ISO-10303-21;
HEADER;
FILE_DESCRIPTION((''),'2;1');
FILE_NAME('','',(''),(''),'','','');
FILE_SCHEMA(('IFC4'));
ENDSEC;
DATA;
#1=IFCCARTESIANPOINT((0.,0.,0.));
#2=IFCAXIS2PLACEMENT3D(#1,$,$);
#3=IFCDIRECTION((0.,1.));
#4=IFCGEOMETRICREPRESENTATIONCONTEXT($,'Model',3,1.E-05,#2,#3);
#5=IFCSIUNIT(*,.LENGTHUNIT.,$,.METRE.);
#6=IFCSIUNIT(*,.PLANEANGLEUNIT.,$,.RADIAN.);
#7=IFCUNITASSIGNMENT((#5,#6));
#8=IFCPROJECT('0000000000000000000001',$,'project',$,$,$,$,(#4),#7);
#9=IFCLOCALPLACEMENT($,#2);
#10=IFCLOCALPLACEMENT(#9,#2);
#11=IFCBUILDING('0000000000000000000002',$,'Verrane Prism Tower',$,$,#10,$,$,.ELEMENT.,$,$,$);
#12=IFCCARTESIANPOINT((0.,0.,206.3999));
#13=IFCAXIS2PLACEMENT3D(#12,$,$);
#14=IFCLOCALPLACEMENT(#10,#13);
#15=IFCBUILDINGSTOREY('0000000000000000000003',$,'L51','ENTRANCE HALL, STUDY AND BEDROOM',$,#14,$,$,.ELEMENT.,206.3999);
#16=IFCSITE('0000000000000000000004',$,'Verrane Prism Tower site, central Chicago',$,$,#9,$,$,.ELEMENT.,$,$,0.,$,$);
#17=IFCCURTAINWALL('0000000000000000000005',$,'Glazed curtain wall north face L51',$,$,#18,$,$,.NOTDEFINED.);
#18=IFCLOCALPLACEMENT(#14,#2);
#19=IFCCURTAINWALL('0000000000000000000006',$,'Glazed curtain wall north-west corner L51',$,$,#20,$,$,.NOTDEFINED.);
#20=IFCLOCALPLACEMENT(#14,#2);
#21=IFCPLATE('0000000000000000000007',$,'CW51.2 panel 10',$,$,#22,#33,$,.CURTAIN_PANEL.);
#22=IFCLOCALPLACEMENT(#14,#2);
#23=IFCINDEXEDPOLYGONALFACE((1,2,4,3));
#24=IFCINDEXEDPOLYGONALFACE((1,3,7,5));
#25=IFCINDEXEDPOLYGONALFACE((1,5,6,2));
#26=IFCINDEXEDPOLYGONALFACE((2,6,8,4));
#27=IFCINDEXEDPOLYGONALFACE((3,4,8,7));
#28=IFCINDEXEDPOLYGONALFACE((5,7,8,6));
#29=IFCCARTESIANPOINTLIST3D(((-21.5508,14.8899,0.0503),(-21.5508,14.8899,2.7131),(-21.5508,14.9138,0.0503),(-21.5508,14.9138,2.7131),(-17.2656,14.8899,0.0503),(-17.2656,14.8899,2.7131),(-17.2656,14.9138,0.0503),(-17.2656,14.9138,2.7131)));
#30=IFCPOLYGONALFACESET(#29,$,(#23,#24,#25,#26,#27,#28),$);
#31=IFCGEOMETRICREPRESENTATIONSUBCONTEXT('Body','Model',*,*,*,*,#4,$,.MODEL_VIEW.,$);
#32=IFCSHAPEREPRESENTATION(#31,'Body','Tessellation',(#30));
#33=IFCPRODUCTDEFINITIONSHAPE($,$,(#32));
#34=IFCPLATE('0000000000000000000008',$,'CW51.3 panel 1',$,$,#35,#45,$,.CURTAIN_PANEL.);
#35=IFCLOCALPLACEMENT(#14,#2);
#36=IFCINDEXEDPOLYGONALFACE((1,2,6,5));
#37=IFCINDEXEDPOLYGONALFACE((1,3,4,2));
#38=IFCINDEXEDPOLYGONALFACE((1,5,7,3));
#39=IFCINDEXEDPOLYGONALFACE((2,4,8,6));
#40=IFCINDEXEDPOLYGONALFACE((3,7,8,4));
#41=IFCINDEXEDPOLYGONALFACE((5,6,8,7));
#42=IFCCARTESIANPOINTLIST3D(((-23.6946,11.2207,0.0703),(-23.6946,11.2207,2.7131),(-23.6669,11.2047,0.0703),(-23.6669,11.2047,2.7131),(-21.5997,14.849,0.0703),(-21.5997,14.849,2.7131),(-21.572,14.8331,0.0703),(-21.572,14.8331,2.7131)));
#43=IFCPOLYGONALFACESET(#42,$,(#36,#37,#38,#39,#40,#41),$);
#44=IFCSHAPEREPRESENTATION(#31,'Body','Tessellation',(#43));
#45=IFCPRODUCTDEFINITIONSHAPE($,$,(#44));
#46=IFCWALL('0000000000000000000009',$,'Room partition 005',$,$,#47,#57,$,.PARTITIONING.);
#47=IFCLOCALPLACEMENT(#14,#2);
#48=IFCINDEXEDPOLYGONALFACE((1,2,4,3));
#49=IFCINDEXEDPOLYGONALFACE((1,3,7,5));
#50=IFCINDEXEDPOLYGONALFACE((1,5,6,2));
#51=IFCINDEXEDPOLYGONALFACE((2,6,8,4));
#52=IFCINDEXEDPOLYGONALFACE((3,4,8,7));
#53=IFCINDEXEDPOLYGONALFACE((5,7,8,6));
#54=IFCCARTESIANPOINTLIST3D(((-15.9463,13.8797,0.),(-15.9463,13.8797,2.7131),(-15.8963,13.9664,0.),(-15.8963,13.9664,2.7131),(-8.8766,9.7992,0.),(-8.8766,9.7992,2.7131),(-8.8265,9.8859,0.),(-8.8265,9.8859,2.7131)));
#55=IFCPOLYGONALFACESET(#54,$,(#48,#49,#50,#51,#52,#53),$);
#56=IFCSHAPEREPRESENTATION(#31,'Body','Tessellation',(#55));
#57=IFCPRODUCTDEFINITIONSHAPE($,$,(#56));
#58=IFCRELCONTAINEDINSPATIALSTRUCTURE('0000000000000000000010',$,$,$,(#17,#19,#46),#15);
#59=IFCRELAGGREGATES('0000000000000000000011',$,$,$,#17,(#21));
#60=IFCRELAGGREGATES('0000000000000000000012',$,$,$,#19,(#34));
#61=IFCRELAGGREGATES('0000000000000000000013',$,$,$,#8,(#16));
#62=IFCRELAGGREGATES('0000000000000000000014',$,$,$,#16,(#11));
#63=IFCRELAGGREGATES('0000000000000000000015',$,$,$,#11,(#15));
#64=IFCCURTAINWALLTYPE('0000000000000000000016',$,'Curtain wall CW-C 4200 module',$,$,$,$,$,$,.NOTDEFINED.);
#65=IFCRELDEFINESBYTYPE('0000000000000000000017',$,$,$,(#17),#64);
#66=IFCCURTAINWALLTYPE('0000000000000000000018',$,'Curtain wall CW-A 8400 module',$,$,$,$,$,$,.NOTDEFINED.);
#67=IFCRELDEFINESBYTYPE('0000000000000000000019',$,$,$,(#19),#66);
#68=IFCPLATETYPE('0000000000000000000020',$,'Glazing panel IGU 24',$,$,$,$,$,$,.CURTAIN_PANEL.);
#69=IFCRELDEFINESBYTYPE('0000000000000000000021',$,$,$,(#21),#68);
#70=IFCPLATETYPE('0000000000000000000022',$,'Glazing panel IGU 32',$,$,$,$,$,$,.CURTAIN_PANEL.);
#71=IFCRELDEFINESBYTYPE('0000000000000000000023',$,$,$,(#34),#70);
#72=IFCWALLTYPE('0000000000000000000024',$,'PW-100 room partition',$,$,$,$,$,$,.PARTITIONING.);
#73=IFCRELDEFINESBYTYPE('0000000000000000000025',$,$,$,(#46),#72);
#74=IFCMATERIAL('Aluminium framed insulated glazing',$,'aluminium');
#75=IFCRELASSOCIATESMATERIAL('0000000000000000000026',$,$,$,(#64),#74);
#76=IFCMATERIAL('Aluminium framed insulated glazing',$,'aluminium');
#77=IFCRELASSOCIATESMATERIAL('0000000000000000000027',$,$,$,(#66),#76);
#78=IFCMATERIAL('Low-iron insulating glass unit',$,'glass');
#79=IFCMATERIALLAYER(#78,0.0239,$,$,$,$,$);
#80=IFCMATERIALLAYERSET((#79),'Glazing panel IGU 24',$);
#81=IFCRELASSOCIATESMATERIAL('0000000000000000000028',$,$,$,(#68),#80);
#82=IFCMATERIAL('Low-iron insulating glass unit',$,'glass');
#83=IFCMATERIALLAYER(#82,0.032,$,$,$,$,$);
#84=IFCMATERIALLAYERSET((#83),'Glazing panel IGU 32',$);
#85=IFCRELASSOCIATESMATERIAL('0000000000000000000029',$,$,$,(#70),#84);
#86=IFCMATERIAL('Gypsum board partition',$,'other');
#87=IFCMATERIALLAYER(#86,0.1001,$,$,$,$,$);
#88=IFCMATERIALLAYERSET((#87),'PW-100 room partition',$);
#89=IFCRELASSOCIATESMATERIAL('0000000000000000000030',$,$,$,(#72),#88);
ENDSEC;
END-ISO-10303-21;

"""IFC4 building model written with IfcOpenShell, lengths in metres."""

from ifc_helpers import new_model, si_unit, direction, frame, frame_2d, origin, origin_2d, place, context, subcontext, project, spatial, rectangle, extrude, material, layer, layer_set, type_object, element, aggregate, save


model = new_model("IFC4")

# Units and contexts
model_context = context("Model", 3, precision=1e-05, world=origin(), true_north=direction((0.0, 1.0)))
body_context = subcontext(model_context, "Body", "Model", "MODEL_VIEW")
ifc_project = project(units=[si_unit("LENGTHUNIT", "METRE"), si_unit("PLANEANGLEUNIT", "RADIAN")], contexts=[model_context])

# Site, building, storey
site_placement = place(None, origin())
site = spatial("IfcSite", under=ifc_project, at=site_placement, Name="Verrane Prism Tower site, central Chicago", CompositionType="ELEMENT", RefElevation=0.0)
building_placement = place(site_placement, origin())
building = spatial("IfcBuilding", under=site, at=building_placement, Name="Verrane Prism Tower", CompositionType="ELEMENT")
storey_placement = place(building_placement, frame((0.0, 0.0, 206.3999)))
storey = spatial("IfcBuildingStorey", under=building, at=storey_placement, Name="L51", Description="ENTRANCE HALL, STUDY AND BEDROOM", CompositionType="ELEMENT", Elevation=206.3999)

# Curtain wall
ifc_material_1 = material(Name="Aluminium framed insulated glazing", Category="aluminium")
curtain_wall_type_1 = type_object("IfcCurtainWallType", Name="Curtain wall CW-C 4200 module", PredefinedType="NOTDEFINED", material=ifc_material_1)
curtain_wall_1_placement = place(storey_placement, origin())
curtain_wall_1 = element("IfcCurtainWall", 1, at=curtain_wall_1_placement, inside=storey, type_object=curtain_wall_type_1, Name="Glazed curtain wall north face L51", PredefinedType="NOTDEFINED")

# Curtain wall
ifc_material_2 = material(Name="Aluminium framed insulated glazing", Category="aluminium")
curtain_wall_type_2 = type_object("IfcCurtainWallType", Name="Curtain wall CW-A 8400 module", PredefinedType="NOTDEFINED", material=ifc_material_2)
curtain_wall_2_placement = place(storey_placement, origin())
curtain_wall_2 = element("IfcCurtainWall", 2, at=curtain_wall_2_placement, inside=storey, type_object=curtain_wall_type_2, Name="Glazed curtain wall north-west corner L51", PredefinedType="NOTDEFINED")

# Plates
ifc_material_3 = material(Name="Low-iron insulating glass unit", Category="glass")
ifc_layer_1 = layer(ifc_material_3, 0.0239)
ifc_layer_set_1 = layer_set([ifc_layer_1], Name="Glazing panel IGU 24")
plate_type_1 = type_object("IfcPlateType", Name="Glazing panel IGU 24", PredefinedType="CURTAIN_PANEL", material=ifc_layer_set_1)
plate_1_placement = place(storey_placement, frame((-19.4082, 14.9019, 0.0503), z_axis=(0.0, 0.0, 1.0), x_axis=(-1.0, 0.0, 0.0)))
plate_1 = element("IfcPlate", 3, at=plate_1_placement, type_object=plate_type_1, Name="CW51.2 panel 10", PredefinedType="CURTAIN_PANEL", context=body_context, shape_type="SweptSolid", body=[
    extrude(rectangle(XDim=4.2852, YDim=0.0239, at=origin_2d()), origin(), (0.0, 0.0, 1.0), 2.6628),
])
aggregate(curtain_wall_1, [plate_1])
ifc_material_4 = material(Name="Low-iron insulating glass unit", Category="glass")
ifc_layer_2 = layer(ifc_material_4, 0.032)
ifc_layer_set_2 = layer_set([ifc_layer_2], Name="Glazing panel IGU 32")
plate_type_2 = type_object("IfcPlateType", Name="Glazing panel IGU 32", PredefinedType="CURTAIN_PANEL", material=ifc_layer_set_2)
plate_2_placement = place(storey_placement, frame((-22.6333, 13.0269, 0.0703), z_axis=(0.0, 0.0, 1.0), x_axis=(-0.499999, -0.866026, 0.0)))
plate_2 = element("IfcPlate", 4, at=plate_2_placement, type_object=plate_type_2, Name="CW51.3 panel 1", PredefinedType="CURTAIN_PANEL", context=body_context, shape_type="SweptSolid", body=[
    extrude(rectangle(XDim=4.1897, YDim=0.032, at=origin_2d()), origin(), (0.0, 0.0, 1.0), 2.6428),
])
aggregate(curtain_wall_2, [plate_2])

# Wall
ifc_material_5 = material(Name="Gypsum board partition", Category="other")
ifc_layer_3 = layer(ifc_material_5, 0.1001)
ifc_layer_set_3 = layer_set([ifc_layer_3], Name="PW-100 room partition")
wall_type = type_object("IfcWallType", Name="PW-100 room partition", PredefinedType="PARTITIONING", material=ifc_layer_set_3)
wall_placement = place(storey_placement, frame((-15.9214, 13.9231, 0.0), z_axis=(0.0, 0.0, 1.0), x_axis=(0.866089, -0.49989, 0.0)))
element("IfcWall", 5, at=wall_placement, inside=storey, type_object=wall_type, Name="Room partition 005", PredefinedType="PARTITIONING", context=body_context, shape_type="SweptSolid", body=[
    extrude(rectangle(XDim=8.1628, YDim=0.1001, at=frame_2d((4.0815, 0.0))), origin(), (0.0, 0.0, 1.0), 2.7131),
])

save(model, "model.ifc")
